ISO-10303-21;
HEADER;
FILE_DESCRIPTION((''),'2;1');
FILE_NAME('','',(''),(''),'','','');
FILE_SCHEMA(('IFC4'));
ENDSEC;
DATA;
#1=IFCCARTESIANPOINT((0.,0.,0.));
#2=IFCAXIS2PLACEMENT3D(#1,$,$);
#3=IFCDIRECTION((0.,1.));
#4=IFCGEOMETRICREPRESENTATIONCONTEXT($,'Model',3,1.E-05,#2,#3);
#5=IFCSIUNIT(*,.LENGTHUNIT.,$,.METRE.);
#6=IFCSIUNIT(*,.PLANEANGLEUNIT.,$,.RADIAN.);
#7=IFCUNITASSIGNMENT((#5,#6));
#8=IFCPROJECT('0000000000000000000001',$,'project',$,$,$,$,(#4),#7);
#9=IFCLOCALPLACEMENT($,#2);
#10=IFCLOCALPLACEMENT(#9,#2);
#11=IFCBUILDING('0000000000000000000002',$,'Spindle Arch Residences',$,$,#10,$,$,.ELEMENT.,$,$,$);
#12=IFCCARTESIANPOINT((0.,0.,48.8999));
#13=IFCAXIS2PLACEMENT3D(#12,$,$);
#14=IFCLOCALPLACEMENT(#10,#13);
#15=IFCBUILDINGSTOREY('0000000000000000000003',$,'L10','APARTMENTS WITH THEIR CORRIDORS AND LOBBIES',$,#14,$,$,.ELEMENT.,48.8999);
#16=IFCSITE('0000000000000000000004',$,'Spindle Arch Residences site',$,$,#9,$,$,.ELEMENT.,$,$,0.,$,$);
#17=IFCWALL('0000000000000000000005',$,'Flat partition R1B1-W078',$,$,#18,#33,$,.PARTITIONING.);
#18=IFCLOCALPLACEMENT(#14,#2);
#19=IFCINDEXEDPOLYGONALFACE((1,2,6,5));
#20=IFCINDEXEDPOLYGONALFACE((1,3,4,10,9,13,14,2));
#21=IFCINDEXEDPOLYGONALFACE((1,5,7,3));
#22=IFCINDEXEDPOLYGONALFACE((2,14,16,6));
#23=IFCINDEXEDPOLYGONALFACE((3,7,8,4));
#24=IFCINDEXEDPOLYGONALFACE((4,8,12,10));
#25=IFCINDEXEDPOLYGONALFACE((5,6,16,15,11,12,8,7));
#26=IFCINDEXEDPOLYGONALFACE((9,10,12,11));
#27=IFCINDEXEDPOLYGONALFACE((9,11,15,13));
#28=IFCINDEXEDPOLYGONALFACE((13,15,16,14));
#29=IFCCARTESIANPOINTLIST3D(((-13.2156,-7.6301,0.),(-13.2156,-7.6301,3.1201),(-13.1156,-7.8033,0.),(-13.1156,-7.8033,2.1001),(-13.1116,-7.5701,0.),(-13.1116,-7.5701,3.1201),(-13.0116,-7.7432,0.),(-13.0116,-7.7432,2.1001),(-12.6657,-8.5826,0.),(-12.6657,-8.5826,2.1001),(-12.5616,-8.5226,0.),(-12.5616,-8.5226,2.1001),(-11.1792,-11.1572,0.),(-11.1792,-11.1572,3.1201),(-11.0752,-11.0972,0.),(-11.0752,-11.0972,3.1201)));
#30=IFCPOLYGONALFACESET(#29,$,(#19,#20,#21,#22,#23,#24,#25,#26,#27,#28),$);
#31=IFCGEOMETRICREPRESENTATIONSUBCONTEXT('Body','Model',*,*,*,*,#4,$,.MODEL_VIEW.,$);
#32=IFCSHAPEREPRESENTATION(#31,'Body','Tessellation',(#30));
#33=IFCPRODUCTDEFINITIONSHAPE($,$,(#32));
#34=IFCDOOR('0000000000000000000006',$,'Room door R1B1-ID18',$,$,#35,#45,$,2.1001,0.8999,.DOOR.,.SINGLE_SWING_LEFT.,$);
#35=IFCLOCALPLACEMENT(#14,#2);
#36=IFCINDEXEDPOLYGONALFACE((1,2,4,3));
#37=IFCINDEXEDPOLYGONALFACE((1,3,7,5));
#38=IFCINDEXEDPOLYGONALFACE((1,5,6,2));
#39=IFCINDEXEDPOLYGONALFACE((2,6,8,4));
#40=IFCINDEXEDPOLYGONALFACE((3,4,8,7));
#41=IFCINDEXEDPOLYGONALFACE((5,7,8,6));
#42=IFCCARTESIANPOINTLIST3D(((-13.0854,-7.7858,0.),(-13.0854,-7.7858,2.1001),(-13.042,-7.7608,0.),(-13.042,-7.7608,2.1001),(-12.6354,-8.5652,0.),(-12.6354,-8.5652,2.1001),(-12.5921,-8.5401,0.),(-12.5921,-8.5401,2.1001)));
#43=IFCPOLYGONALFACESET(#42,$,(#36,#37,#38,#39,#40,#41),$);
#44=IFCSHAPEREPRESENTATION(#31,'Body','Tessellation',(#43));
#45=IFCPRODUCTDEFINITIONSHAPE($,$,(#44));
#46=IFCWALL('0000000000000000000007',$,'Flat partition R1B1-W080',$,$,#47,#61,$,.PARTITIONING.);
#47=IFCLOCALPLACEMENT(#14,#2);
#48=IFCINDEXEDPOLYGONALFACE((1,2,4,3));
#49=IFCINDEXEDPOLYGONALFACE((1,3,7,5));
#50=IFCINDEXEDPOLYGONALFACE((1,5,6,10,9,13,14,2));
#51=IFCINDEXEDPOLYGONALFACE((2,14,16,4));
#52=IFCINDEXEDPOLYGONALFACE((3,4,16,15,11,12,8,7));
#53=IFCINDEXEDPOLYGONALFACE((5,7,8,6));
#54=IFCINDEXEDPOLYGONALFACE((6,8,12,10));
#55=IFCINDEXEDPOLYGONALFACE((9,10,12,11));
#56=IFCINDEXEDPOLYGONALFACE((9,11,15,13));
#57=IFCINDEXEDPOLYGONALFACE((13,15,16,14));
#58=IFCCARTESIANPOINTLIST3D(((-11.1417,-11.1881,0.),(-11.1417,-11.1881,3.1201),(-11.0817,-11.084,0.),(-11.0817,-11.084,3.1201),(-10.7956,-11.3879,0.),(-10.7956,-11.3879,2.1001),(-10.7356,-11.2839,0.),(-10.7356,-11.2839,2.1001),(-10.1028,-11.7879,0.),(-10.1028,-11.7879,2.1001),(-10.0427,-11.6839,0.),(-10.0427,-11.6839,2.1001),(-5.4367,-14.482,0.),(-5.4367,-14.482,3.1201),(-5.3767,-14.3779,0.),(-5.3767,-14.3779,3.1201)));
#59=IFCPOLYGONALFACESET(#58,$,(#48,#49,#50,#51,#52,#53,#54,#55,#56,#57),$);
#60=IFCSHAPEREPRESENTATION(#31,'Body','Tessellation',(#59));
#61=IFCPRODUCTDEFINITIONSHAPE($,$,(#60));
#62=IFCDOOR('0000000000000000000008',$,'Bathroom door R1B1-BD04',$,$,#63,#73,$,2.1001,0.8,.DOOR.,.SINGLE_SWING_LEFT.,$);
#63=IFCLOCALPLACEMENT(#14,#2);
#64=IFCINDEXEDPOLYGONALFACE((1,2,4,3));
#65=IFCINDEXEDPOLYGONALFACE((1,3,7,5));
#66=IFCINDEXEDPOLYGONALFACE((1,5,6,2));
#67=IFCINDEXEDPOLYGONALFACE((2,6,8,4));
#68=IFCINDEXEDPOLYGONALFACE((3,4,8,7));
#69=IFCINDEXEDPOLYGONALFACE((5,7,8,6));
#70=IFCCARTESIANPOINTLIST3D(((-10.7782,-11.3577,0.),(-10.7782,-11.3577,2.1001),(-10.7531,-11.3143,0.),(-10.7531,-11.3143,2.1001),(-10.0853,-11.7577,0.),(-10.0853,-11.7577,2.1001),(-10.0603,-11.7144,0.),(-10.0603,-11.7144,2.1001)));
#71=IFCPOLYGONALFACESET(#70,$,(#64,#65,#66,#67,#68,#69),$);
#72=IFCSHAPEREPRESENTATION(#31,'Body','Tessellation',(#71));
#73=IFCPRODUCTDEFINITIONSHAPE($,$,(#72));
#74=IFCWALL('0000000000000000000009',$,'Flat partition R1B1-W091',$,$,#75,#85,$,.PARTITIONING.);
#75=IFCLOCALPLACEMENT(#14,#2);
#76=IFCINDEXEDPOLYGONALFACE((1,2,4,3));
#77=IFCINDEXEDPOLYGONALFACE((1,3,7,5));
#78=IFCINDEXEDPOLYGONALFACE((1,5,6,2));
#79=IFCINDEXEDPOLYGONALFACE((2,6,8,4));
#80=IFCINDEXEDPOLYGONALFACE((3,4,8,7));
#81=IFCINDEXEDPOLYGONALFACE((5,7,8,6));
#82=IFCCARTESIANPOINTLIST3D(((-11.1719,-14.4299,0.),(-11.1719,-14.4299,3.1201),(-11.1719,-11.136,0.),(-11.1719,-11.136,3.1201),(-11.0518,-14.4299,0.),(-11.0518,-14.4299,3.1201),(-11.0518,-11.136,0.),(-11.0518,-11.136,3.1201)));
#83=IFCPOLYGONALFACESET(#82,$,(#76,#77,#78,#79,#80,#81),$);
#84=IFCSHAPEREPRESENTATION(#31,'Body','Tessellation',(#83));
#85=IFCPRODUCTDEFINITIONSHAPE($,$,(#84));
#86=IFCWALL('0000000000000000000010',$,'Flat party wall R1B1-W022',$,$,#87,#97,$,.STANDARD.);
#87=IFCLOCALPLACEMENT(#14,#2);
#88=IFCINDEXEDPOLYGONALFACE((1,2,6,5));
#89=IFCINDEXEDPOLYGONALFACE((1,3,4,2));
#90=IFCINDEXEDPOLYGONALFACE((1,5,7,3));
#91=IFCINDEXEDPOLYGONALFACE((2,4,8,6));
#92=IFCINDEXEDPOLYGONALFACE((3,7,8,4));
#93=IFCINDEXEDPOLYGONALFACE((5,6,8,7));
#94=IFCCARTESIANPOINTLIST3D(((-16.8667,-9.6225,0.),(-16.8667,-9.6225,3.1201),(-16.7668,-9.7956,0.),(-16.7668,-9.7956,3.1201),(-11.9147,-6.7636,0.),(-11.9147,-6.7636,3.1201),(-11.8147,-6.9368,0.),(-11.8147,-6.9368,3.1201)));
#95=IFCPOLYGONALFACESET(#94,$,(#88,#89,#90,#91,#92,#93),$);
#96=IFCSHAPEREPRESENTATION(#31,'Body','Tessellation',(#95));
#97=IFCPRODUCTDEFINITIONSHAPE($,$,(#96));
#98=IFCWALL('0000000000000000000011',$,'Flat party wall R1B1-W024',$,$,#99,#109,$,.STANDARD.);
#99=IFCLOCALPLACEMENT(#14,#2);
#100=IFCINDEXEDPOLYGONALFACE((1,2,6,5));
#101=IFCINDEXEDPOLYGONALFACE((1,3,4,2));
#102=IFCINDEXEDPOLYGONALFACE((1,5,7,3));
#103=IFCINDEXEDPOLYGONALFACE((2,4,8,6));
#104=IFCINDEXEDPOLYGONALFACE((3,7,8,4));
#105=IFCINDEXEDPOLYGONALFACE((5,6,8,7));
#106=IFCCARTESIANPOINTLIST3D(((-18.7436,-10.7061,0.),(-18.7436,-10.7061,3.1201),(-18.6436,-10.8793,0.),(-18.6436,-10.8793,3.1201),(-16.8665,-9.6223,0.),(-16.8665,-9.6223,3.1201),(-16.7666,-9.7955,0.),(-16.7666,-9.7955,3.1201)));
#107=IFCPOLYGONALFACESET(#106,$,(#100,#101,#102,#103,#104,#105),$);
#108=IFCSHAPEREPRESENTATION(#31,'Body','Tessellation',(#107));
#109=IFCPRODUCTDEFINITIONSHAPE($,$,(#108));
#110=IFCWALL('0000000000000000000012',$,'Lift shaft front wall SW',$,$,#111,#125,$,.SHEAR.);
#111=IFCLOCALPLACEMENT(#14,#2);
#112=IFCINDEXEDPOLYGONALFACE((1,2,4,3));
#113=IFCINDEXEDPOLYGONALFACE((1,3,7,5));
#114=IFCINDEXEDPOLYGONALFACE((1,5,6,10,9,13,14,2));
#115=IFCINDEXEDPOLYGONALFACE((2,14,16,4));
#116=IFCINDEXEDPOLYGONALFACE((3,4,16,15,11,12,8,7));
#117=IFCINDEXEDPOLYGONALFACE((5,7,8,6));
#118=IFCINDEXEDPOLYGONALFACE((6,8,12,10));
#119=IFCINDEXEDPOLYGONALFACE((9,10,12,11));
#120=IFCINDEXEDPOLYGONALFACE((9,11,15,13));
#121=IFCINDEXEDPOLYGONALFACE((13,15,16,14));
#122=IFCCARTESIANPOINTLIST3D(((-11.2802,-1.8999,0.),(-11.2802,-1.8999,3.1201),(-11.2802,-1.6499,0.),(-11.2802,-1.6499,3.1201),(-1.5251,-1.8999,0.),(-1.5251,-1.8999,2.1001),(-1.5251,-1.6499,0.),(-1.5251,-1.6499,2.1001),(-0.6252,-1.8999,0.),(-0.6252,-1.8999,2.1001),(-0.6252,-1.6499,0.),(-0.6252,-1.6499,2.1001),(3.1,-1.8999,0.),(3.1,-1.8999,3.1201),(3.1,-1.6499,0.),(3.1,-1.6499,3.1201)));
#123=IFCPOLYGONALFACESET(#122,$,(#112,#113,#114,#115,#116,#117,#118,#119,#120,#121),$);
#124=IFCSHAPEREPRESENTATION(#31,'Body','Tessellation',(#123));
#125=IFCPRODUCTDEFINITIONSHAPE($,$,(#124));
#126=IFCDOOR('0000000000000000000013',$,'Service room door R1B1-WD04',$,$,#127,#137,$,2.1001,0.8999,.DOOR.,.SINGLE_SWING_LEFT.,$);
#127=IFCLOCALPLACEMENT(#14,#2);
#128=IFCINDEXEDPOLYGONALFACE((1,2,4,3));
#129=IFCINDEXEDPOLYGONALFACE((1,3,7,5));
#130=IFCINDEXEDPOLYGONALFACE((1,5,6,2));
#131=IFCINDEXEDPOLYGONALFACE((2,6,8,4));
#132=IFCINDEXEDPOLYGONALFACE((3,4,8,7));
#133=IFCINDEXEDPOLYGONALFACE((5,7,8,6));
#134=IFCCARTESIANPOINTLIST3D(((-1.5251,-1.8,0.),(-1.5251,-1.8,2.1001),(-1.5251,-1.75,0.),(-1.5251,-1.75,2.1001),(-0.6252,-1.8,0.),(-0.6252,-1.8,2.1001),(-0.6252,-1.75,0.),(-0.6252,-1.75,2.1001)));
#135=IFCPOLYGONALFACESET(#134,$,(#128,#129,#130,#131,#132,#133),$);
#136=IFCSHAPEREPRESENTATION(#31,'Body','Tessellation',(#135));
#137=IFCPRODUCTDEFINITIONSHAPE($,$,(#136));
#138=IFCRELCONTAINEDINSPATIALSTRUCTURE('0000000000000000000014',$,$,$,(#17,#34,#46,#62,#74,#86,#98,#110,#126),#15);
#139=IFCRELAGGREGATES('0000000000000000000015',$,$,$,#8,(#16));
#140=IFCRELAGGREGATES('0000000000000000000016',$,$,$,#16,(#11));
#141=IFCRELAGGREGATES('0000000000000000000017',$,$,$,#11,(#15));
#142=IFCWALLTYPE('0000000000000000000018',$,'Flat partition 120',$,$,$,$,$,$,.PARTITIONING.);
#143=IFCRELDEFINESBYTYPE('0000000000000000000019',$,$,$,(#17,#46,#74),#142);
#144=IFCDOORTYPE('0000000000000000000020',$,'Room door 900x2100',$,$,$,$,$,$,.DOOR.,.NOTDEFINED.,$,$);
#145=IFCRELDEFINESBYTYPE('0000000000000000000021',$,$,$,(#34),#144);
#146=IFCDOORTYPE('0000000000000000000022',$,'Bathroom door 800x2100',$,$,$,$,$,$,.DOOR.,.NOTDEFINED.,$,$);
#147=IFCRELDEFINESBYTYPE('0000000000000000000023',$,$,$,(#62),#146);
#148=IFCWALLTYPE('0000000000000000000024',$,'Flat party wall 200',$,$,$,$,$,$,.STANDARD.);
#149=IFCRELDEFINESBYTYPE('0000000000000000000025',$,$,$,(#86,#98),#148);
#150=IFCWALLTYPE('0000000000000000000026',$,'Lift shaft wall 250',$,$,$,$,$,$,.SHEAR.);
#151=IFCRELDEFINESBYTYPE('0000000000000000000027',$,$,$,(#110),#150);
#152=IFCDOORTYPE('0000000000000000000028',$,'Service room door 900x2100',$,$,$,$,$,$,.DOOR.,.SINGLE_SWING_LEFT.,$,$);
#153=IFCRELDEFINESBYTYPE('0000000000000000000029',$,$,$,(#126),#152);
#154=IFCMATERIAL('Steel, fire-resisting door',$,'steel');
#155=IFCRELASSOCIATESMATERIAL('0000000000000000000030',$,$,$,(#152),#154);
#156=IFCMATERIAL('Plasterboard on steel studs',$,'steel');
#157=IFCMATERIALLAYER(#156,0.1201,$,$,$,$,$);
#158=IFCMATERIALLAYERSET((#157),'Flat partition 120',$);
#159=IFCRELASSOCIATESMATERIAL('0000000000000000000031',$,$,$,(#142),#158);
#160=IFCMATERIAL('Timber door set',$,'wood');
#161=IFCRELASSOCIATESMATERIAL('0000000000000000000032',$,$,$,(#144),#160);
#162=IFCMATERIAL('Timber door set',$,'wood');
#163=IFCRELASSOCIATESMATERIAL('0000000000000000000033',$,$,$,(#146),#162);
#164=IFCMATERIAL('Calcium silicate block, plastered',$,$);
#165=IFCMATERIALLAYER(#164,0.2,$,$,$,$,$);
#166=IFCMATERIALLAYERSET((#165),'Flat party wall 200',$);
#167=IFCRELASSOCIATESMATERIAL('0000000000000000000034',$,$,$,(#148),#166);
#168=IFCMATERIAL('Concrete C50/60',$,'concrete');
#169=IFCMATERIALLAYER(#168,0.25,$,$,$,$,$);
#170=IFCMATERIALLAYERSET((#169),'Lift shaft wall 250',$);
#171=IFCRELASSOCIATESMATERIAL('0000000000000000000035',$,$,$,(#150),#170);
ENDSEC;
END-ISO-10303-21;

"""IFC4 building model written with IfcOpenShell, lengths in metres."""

from ifc_helpers import new_model, si_unit, direction, frame, frame_2d, origin, place, context, subcontext, project, spatial, rectangle, extrude, material, layer, layer_set, type_object, element, fill, save


model = new_model("IFC4")

# Units and contexts
model_context = context("Model", 3, precision=1e-05, world=origin(), true_north=direction((0.0, 1.0)))
body_context = subcontext(model_context, "Body", "Model", "MODEL_VIEW")
ifc_project = project(units=[si_unit("LENGTHUNIT", "METRE"), si_unit("PLANEANGLEUNIT", "RADIAN")], contexts=[model_context])

# Site, building, storey
site_placement = place(None, origin())
site = spatial("IfcSite", under=ifc_project, at=site_placement, Name="Spindle Arch Residences site", CompositionType="ELEMENT", RefElevation=0.0)
building_placement = place(site_placement, origin())
building = spatial("IfcBuilding", under=site, at=building_placement, Name="Spindle Arch Residences", CompositionType="ELEMENT")
storey_placement = place(building_placement, frame((0.0, 0.0, 48.8999)))
storey = spatial("IfcBuildingStorey", under=building, at=storey_placement, Name="L10", Description="APARTMENTS WITH THEIR CORRIDORS AND LOBBIES", CompositionType="ELEMENT", Elevation=48.8999)

# Shared definitions
ifc_material_1 = material(Name="Steel, fire-resisting door", Category="steel")
door_type_1 = type_object("IfcDoorType", Name="Service room door 900x2100", OperationType="SINGLE_SWING_LEFT", PredefinedType="DOOR", material=ifc_material_1)

# Shared definitions
ifc_material_2 = material(Name="Plasterboard on steel studs", Category="steel")
ifc_layer_1 = layer(ifc_material_2, 0.1201)
ifc_layer_set_1 = layer_set([ifc_layer_1], Name="Flat partition 120")
wall_type_1 = type_object("IfcWallType", Name="Flat partition 120", PredefinedType="PARTITIONING", material=ifc_layer_set_1)

# Walls, openings, doors
wall_1_placement = place(storey_placement, frame((-13.1636, -7.6001, 0.0), z_axis=(0.0, 0.0, 1.0), x_axis=(0.500001, -0.866025, 0.0)))
wall_1 = element("IfcWall", 1, at=wall_1_placement, inside=storey, type_object=wall_type_1, Name="Flat partition R1B1-W078", PredefinedType="PARTITIONING", context=body_context, shape_type="SweptSolid", body=[
    extrude(rectangle(XDim=4.0728, YDim=0.1201, at=frame_2d((2.0364, 0.0))), origin(), (0.0, 0.0, 1.0), 3.1201),
])
opening_1_placement = place(wall_1_placement, frame((0.2, 0.0, 0.0)))
opening_1 = element("IfcOpeningElement", 2, at=opening_1_placement, cuts=wall_1, PredefinedType="OPENING", context=body_context, shape_type="SweptSolid", body=[
    extrude(rectangle(XDim=0.8999, YDim=2.1001, at=frame_2d((0.45, 1.05))), frame((0.0, 0.0701, 0.0), z_axis=(0.0, -1.0, 0.0), x_axis=(1.0, 0.0, 0.0)), (0.0, 0.0, 1.0), 0.1401),
])
ifc_material_3 = material(Name="Timber door set", Category="wood")
door_type_2 = type_object("IfcDoorType", Name="Room door 900x2100", OperationType="NOTDEFINED", PredefinedType="DOOR", material=ifc_material_3)
door_1_placement = place(opening_1_placement, origin())
door_1 = element("IfcDoor", 3, at=door_1_placement, inside=storey, type_object=door_type_2, Name="Room door R1B1-ID18", OperationType="SINGLE_SWING_LEFT", OverallHeight=2.1001, OverallWidth=0.8999, PredefinedType="DOOR", context=body_context, shape_type="SweptSolid", body=[
    extrude(rectangle(XDim=0.8999, YDim=2.1001, at=frame_2d((0.45, 1.05))), frame((0.0, 0.0249, 0.0), z_axis=(0.0, -1.0, 0.0), x_axis=(1.0, 0.0, 0.0)), (0.0, 0.0, 1.0), 0.05),
])
fill(opening_1, door_1)
wall_2_placement = place(storey_placement, frame((-11.1118, -11.136, 0.0), z_axis=(0.0, 0.0, 1.0), x_axis=(0.866018, -0.500013, 0.0)))
wall_2 = element("IfcWall", 4, at=wall_2_placement, inside=storey, type_object=wall_type_1, Name="Flat partition R1B1-W080", PredefinedType="PARTITIONING", context=body_context, shape_type="SweptSolid", body=[
    extrude(rectangle(XDim=6.5876, YDim=0.1201, at=frame_2d((3.2939, 0.0))), origin(), (0.0, 0.0, 1.0), 3.1201),
])
opening_2_placement = place(wall_2_placement, frame((0.3999, 0.0, 0.0)))
opening_2 = element("IfcOpeningElement", 5, at=opening_2_placement, cuts=wall_2, PredefinedType="OPENING", context=body_context, shape_type="SweptSolid", body=[
    extrude(rectangle(XDim=0.8, YDim=2.1001, at=frame_2d((0.3999, 1.05))), frame((0.0, 0.0701, 0.0), z_axis=(0.0, -1.0, 0.0), x_axis=(1.0, 0.0, 0.0)), (0.0, 0.0, 1.0), 0.1401),
])
ifc_material_4 = material(Name="Timber door set", Category="wood")
door_type_3 = type_object("IfcDoorType", Name="Bathroom door 800x2100", OperationType="NOTDEFINED", PredefinedType="DOOR", material=ifc_material_4)
door_2_placement = place(opening_2_placement, origin())
door_2 = element("IfcDoor", 6, at=door_2_placement, inside=storey, type_object=door_type_3, Name="Bathroom door R1B1-BD04", OperationType="SINGLE_SWING_LEFT", OverallHeight=2.1001, OverallWidth=0.8, PredefinedType="DOOR", context=body_context, shape_type="SweptSolid", body=[
    extrude(rectangle(XDim=0.8, YDim=2.1001, at=frame_2d((0.3999, 1.05))), frame((0.0, 0.0249, 0.0), z_axis=(0.0, -1.0, 0.0), x_axis=(1.0, 0.0, 0.0)), (0.0, 0.0, 1.0), 0.05),
])
fill(opening_2, door_2)

# Walls
wall_3_placement = place(storey_placement, frame((-11.1118, -14.4299, 0.0), z_axis=(0.0, 0.0, 1.0), x_axis=(0.0, 1.0, 0.0)))
element("IfcWall", 7, at=wall_3_placement, inside=storey, type_object=wall_type_1, Name="Flat partition R1B1-W091", PredefinedType="PARTITIONING", context=body_context, shape_type="SweptSolid", body=[
    extrude(rectangle(XDim=3.2939, YDim=0.1201, at=frame_2d((1.647, 0.0))), origin(), (0.0, 0.0, 1.0), 3.1201),
])
ifc_material_5 = material(Name="Calcium silicate block, plastered")
ifc_layer_2 = layer(ifc_material_5, 0.2)
ifc_layer_set_2 = layer_set([ifc_layer_2], Name="Flat party wall 200")
wall_type_2 = type_object("IfcWallType", Name="Flat party wall 200", PredefinedType="STANDARD", material=ifc_layer_set_2)
wall_4_placement = place(storey_placement, frame((-16.8167, -9.709, 0.0), z_axis=(0.0, 0.0, 1.0), x_axis=(0.866043, 0.499969, 0.0)))
element("IfcWall", 8, at=wall_4_placement, inside=storey, type_object=wall_type_2, Name="Flat party wall R1B1-W022", PredefinedType="STANDARD", context=body_context, shape_type="SweptSolid", body=[
    extrude(rectangle(XDim=5.718, YDim=0.2, at=frame_2d((2.8589, 0.0))), origin(), (0.0, 0.0, 1.0), 3.1201),
])
wall_5_placement = place(storey_placement, frame((-18.6936, -10.7927, 0.0), z_axis=(0.0, 0.0, 1.0), x_axis=(0.866009, 0.500028, 0.0)))
element("IfcWall", 9, at=wall_5_placement, inside=storey, type_object=wall_type_2, Name="Flat party wall R1B1-W024", PredefinedType="STANDARD", context=body_context, shape_type="SweptSolid", body=[
    extrude(rectangle(XDim=2.1675, YDim=0.2, at=frame_2d((1.0837, 0.0))), origin(), (0.0, 0.0, 1.0), 3.1201),
])

# Wall, opening, door
ifc_material_6 = material(Name="Concrete C50/60", Category="concrete")
ifc_layer_3 = layer(ifc_material_6, 0.25)
ifc_layer_set_3 = layer_set([ifc_layer_3], Name="Lift shaft wall 250")
wall_type_3 = type_object("IfcWallType", Name="Lift shaft wall 250", PredefinedType="SHEAR", material=ifc_layer_set_3)
wall_6_placement = place(storey_placement, frame((-11.28, -1.7749, 0.0), z_axis=(0.0, 0.0, 1.0), x_axis=(1.0, 0.0, 0.0)))
wall_6 = element("IfcWall", 10, at=wall_6_placement, inside=storey, type_object=wall_type_3, Name="Lift shaft front wall SW", PredefinedType="SHEAR", context=body_context, shape_type="SweptSolid", body=[
    extrude(rectangle(XDim=14.3801, YDim=0.25, at=frame_2d((7.1899, 0.0))), origin(), (0.0, 0.0, 1.0), 3.1201),
])
opening_3_placement = place(wall_6_placement, frame((9.7549, 0.0, 0.0)))
opening_3 = element("IfcOpeningElement", 11, at=opening_3_placement, cuts=wall_6, PredefinedType="OPENING", context=body_context, shape_type="SweptSolid", body=[
    extrude(rectangle(XDim=0.8999, YDim=2.1001, at=frame_2d((0.45, 1.05))), frame((0.0, 0.135, 0.0), z_axis=(0.0, -1.0, 0.0), x_axis=(1.0, 0.0, 0.0)), (0.0, 0.0, 1.0), 0.27),
])
door_3_placement = place(opening_3_placement, origin())
door_3 = element("IfcDoor", 12, at=door_3_placement, inside=storey, type_object=door_type_1, Name="Service room door R1B1-WD04", OperationType="SINGLE_SWING_LEFT", OverallHeight=2.1001, OverallWidth=0.8999, PredefinedType="DOOR", context=body_context, shape_type="SweptSolid", body=[
    extrude(rectangle(XDim=0.8999, YDim=2.1001, at=frame_2d((0.45, 1.05))), frame((0.0, 0.0249, 0.0), z_axis=(0.0, -1.0, 0.0), x_axis=(1.0, 0.0, 0.0)), (0.0, 0.0, 1.0), 0.05),
])
fill(opening_3, door_3)

save(model, "model.ifc")
